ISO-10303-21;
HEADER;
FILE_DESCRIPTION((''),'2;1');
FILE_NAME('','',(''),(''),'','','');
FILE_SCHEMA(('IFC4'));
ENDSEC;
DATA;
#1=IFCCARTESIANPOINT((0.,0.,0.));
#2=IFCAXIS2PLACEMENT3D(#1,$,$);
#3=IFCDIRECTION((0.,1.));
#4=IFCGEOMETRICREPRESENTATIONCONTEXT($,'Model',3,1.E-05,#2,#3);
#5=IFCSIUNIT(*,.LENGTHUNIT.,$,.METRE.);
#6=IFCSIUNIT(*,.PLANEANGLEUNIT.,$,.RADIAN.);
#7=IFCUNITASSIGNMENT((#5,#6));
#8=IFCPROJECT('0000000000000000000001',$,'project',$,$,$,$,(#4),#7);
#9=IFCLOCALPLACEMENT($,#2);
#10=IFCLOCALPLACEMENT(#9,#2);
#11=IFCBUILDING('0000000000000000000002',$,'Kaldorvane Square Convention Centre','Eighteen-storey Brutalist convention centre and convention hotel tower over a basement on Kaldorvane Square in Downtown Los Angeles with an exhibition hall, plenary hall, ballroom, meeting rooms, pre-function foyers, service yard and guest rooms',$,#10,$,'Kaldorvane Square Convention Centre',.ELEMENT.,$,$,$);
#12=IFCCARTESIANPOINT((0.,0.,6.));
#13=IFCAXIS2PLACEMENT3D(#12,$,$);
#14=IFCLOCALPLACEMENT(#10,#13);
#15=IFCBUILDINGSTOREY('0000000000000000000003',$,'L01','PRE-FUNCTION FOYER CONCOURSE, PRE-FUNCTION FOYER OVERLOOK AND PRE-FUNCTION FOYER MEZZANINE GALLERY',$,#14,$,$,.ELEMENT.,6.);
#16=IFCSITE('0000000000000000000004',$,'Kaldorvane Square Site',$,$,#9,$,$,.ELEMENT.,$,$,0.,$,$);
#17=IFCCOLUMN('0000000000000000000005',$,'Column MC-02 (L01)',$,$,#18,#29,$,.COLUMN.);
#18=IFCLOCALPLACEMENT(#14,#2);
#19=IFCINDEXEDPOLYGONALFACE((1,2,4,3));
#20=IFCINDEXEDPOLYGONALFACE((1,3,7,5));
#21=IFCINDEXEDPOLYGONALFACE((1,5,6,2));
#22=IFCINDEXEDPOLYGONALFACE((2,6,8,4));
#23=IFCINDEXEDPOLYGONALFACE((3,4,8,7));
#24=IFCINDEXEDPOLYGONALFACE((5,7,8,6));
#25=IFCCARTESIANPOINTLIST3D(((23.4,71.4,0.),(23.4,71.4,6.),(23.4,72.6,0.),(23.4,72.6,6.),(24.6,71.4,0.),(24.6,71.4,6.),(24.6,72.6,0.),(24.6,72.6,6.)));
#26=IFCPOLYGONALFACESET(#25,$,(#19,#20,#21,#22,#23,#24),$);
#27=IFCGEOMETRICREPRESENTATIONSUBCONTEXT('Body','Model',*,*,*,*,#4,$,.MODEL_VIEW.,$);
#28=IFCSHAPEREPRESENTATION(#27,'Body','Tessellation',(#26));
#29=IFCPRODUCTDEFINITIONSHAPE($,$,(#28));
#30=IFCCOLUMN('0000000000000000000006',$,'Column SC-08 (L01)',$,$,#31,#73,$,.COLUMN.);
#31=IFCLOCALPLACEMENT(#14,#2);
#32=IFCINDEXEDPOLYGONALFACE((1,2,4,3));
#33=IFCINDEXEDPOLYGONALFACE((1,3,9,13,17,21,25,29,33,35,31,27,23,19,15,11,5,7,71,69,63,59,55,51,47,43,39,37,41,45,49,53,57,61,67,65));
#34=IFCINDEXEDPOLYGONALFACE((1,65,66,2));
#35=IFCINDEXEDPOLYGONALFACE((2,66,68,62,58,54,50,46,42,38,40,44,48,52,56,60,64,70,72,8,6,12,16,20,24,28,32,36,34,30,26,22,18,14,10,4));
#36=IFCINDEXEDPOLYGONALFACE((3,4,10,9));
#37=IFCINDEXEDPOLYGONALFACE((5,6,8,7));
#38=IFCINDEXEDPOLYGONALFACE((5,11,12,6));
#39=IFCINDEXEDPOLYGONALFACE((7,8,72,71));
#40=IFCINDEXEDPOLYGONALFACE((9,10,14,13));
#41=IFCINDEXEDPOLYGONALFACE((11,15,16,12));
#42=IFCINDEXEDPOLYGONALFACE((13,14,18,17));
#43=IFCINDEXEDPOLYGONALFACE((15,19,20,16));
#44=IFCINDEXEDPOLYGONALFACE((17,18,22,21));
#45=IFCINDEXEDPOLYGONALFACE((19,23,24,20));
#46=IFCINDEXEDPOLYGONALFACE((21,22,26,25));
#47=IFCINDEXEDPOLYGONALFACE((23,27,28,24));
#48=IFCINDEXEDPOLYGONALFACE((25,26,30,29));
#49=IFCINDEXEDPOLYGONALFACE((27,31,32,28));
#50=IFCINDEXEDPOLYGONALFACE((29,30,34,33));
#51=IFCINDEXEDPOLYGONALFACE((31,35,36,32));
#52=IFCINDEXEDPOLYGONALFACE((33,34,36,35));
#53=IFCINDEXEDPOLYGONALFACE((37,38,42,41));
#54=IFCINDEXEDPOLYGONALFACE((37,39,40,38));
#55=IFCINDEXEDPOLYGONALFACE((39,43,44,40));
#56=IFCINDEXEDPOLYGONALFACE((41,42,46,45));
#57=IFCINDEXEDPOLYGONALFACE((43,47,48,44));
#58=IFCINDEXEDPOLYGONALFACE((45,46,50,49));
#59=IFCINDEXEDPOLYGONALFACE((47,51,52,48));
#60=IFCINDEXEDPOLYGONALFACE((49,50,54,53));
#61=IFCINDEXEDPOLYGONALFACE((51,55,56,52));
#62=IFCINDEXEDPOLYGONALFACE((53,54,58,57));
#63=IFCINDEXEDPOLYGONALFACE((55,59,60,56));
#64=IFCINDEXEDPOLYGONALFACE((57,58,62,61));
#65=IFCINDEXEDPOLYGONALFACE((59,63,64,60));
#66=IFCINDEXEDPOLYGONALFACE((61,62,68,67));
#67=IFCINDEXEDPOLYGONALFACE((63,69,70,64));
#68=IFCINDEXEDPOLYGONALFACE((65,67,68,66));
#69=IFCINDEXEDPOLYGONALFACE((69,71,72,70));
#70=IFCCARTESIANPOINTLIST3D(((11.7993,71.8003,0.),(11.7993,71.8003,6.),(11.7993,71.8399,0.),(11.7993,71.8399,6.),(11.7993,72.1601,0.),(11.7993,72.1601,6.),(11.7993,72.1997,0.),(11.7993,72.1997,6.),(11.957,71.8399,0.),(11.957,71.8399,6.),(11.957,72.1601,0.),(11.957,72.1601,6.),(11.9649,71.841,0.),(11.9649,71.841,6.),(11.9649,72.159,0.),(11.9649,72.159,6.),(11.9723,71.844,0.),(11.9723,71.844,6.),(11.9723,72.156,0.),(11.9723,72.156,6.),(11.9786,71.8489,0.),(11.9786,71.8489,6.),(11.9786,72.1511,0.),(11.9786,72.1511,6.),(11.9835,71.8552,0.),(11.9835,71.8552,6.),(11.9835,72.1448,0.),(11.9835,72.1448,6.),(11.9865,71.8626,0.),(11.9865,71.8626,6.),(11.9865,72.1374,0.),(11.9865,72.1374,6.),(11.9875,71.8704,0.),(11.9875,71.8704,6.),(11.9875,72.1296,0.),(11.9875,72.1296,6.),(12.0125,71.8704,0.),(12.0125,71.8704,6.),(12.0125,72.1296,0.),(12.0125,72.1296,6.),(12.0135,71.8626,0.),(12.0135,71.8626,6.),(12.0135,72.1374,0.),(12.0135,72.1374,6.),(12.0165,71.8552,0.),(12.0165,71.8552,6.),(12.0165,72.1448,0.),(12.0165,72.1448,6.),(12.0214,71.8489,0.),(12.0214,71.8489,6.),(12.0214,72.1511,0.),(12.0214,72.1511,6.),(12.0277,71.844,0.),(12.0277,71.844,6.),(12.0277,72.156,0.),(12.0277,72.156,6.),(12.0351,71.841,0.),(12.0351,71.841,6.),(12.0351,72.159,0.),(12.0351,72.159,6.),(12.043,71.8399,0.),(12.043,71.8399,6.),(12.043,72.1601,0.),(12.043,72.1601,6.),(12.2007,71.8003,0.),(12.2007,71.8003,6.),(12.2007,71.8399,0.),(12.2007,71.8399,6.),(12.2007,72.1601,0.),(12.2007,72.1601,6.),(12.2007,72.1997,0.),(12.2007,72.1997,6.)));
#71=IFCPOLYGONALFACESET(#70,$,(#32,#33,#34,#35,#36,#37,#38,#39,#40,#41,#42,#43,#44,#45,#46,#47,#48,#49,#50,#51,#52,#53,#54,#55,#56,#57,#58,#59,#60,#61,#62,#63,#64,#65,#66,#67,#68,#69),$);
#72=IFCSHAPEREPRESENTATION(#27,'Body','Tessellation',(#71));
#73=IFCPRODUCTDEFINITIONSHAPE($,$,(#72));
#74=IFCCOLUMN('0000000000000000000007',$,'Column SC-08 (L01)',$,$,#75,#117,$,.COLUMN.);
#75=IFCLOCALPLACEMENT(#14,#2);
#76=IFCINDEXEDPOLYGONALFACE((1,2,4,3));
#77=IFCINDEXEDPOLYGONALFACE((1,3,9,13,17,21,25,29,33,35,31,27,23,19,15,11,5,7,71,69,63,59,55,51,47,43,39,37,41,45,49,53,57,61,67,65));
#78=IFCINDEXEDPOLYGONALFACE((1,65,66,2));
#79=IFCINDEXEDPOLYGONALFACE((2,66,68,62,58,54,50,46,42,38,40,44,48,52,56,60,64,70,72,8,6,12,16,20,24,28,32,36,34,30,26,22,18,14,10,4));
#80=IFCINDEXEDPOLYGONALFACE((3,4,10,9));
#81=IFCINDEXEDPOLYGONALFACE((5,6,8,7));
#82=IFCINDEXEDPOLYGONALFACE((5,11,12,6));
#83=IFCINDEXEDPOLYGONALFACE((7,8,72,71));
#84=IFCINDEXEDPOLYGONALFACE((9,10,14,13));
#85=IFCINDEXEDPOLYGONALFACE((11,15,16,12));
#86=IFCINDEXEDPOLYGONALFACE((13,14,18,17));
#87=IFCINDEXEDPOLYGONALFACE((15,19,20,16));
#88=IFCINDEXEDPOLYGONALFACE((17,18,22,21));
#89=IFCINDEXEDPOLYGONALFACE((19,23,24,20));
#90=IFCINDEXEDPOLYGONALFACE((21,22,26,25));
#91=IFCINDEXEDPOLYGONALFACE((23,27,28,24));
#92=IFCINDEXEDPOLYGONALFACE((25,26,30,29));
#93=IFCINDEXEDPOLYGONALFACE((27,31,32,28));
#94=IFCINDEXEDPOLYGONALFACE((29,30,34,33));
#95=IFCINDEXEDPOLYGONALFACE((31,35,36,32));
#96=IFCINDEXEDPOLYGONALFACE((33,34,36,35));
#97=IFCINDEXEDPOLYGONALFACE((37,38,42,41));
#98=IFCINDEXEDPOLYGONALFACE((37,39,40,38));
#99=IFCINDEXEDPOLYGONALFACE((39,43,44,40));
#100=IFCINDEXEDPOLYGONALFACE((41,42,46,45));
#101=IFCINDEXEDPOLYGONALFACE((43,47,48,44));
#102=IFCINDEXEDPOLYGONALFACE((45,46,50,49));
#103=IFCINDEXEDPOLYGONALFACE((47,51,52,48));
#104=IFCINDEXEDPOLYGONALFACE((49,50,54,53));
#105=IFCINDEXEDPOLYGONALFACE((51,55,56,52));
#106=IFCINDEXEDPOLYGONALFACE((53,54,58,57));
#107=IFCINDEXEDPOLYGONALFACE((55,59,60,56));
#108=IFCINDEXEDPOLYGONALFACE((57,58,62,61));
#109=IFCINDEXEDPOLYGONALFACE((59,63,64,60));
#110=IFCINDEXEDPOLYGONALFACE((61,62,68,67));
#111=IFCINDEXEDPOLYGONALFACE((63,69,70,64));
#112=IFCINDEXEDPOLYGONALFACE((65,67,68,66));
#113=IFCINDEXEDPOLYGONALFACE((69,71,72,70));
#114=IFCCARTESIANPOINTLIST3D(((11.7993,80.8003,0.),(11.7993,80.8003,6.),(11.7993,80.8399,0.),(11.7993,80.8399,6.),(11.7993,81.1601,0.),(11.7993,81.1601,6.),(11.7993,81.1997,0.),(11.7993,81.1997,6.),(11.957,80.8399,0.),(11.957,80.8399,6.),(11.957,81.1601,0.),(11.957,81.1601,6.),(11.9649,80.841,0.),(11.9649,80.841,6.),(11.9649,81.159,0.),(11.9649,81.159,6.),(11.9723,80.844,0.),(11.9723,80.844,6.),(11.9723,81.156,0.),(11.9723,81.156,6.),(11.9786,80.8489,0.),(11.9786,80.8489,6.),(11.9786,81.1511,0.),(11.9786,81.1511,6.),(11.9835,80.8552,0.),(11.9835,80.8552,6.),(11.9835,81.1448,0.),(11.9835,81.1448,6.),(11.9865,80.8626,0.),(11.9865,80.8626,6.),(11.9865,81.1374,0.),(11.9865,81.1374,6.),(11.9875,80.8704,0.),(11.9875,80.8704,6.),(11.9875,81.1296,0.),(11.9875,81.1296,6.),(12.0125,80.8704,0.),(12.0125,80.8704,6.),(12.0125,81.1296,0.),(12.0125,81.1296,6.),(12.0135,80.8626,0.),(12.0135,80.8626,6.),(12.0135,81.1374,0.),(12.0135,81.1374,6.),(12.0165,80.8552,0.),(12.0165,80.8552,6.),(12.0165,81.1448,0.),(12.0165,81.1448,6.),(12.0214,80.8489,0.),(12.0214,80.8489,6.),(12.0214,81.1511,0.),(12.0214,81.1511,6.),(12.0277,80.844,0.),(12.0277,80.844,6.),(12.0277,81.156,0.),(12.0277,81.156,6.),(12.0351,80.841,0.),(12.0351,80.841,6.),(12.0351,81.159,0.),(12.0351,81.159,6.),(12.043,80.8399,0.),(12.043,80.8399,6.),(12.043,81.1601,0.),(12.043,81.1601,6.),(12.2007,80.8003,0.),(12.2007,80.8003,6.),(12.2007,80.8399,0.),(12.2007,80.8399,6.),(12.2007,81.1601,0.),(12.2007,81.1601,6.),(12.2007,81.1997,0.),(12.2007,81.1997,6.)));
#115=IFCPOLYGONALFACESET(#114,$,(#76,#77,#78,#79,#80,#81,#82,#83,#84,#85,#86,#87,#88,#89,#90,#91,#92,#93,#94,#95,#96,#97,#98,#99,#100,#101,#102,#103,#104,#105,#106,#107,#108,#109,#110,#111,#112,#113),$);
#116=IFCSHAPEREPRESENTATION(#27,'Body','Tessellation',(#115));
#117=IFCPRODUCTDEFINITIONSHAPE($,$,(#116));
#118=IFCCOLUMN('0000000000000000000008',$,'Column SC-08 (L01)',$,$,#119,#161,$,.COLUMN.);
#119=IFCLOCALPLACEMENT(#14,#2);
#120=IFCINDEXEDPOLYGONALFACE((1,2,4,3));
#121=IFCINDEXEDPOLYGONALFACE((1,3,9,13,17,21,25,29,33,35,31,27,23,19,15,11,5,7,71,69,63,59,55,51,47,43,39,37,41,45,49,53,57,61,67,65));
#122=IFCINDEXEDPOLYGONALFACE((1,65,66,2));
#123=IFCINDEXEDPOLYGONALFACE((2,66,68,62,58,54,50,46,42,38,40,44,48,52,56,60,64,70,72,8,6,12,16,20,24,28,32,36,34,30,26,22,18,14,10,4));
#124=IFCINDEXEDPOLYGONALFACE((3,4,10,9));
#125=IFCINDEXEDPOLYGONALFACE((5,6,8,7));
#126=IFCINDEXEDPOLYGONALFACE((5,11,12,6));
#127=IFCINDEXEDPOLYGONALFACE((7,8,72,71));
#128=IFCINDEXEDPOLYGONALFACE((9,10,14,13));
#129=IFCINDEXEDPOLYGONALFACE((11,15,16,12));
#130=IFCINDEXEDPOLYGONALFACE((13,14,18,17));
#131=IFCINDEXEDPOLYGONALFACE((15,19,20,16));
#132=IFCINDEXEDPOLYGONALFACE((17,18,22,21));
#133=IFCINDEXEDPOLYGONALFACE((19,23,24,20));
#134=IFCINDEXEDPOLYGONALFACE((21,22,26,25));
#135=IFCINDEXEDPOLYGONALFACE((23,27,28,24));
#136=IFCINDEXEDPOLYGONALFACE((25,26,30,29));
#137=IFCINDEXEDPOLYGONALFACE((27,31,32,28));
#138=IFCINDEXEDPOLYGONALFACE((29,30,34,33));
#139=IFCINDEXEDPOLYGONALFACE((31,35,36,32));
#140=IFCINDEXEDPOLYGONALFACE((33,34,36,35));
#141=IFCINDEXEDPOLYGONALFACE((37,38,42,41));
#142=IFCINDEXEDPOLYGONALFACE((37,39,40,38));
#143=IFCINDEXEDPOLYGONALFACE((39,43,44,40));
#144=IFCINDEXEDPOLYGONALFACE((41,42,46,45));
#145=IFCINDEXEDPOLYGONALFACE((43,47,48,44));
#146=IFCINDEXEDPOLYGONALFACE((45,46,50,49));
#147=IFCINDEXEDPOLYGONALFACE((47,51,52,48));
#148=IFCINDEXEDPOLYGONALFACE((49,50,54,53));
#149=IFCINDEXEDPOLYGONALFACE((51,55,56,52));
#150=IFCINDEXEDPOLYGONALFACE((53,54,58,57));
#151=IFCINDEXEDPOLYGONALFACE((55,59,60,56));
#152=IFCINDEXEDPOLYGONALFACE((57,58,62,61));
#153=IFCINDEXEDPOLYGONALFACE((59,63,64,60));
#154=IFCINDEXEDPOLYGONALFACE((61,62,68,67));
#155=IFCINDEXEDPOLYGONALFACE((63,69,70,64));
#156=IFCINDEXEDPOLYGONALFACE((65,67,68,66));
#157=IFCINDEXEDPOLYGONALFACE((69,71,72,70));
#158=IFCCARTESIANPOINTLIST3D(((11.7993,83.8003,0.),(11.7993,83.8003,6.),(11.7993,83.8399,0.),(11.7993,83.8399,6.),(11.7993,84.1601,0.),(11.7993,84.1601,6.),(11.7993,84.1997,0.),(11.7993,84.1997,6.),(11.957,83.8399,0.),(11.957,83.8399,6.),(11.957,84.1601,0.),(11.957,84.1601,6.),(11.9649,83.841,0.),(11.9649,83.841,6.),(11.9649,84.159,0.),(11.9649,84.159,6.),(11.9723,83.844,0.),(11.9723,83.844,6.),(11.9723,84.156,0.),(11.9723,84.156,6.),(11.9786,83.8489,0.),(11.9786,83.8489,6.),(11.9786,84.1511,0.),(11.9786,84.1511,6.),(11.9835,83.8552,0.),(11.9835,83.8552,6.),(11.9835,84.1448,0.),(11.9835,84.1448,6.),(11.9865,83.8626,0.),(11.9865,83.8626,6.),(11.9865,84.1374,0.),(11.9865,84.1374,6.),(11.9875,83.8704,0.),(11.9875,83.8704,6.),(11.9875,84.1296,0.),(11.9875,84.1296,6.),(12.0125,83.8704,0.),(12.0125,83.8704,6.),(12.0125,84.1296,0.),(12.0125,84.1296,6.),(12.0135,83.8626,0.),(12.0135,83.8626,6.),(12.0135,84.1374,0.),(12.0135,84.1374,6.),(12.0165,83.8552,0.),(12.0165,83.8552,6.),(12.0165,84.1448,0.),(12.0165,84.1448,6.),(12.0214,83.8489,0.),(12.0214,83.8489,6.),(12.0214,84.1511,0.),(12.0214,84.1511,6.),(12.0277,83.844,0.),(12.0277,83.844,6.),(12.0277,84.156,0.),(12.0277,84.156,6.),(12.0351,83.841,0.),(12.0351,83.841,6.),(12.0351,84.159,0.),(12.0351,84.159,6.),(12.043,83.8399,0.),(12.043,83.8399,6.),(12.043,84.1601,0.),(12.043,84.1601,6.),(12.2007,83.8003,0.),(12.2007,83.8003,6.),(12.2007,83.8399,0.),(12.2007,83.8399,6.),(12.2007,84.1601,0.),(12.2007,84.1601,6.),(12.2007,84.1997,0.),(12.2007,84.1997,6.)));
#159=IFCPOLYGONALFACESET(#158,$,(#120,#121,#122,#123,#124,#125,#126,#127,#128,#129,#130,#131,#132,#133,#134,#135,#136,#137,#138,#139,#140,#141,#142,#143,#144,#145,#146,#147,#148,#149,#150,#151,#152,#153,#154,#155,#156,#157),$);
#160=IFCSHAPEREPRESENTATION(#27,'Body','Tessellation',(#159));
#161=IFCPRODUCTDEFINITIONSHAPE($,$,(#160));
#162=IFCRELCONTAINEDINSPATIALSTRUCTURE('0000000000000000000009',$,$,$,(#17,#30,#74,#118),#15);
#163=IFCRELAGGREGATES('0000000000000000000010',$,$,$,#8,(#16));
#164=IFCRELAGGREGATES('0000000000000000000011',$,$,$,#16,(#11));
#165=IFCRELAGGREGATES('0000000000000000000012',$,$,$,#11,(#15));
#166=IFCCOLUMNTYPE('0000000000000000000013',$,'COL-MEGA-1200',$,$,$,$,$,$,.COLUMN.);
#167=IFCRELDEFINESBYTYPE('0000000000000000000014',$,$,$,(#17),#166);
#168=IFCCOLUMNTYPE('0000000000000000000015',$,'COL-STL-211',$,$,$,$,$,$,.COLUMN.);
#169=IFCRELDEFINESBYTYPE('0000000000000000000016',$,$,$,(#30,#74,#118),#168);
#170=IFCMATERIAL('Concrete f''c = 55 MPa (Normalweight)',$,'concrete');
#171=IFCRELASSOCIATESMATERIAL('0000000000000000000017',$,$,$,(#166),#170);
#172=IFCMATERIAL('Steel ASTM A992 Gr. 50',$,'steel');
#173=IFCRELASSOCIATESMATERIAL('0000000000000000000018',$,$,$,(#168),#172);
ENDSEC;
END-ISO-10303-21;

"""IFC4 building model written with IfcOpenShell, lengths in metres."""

from ifc_helpers import new_model, si_unit, direction, frame, origin, origin_2d, place, context, subcontext, project, spatial, rectangle, i_section, extrude, material, material_profile, profile_set, type_object, element, save


model = new_model("IFC4")

# Units and contexts
model_context = context("Model", 3, precision=1e-05, world=origin(), true_north=direction((0.0, 1.0)))
body_context = subcontext(model_context, "Body", "Model", "MODEL_VIEW")
ifc_project = project(units=[si_unit("LENGTHUNIT", "METRE"), si_unit("PLANEANGLEUNIT", "RADIAN")], contexts=[model_context])

# Site, building, storey
site_placement = place(None, origin())
site = spatial("IfcSite", under=ifc_project, at=site_placement, Name="Kaldorvane Square Site", CompositionType="ELEMENT", RefElevation=0.0)
building_placement = place(site_placement, origin())
building = spatial("IfcBuilding", under=site, at=building_placement, Name="Kaldorvane Square Convention Centre", Description="Eighteen-storey Brutalist convention centre and convention hotel tower over a basement on Kaldorvane Square in Downtown Los Angeles with an exhibition hall, plenary hall, ballroom, meeting rooms, pre-function foyers, service yard and guest rooms", LongName="Kaldorvane Square Convention Centre", CompositionType="ELEMENT")
storey_placement = place(building_placement, frame((0.0, 0.0, 6.0)))
storey = spatial("IfcBuildingStorey", under=building, at=storey_placement, Name="L01", Description="PRE-FUNCTION FOYER CONCOURSE, PRE-FUNCTION FOYER OVERLOOK AND PRE-FUNCTION FOYER MEZZANINE GALLERY", CompositionType="ELEMENT", Elevation=6.0)

# Columns
ifc_material_1 = material(Name="Concrete f'c = 55 MPa (Normalweight)", Category="concrete")
ifc_material_profile_1 = material_profile(ifc_material_1, rectangle(XDim=1.2, YDim=1.2, at=origin_2d()), Name="RC1200X1200")
ifc_profile_set_1 = profile_set([ifc_material_profile_1], Name="Concrete f'c = 55 MPa (Normalweight)")
column_type_1 = type_object("IfcColumnType", Name="COL-MEGA-1200", PredefinedType="COLUMN", material=ifc_profile_set_1)
column_1_placement = place(storey_placement, frame((24.0, 72.0, 0.0), z_axis=(0.0, 0.0, 1.0), x_axis=(1.0, 0.0, 0.0)))
element("IfcColumn", 1, at=column_1_placement, inside=storey, type_object=column_type_1, Name="Column MC-02 (L01)", PredefinedType="COLUMN", context=body_context, shape_type="SweptSolid", body=[
    extrude(rectangle(XDim=1.2, YDim=1.2, at=origin_2d()), origin(), (0.0, 0.0, 1.0), 6.0),
])
ifc_material_2 = material(Name="Steel ASTM A992 Gr. 50", Category="steel")
ifc_material_profile_2 = material_profile(ifc_material_2, i_section(OverallWidth=0.4013, OverallDepth=0.3993, WebThickness=0.0249, FlangeThickness=0.0396, FilletRadius=0.0305, at=origin_2d()), Name="W14X211")
ifc_profile_set_2 = profile_set([ifc_material_profile_2], Name="Steel ASTM A992 Gr. 50")
column_type_2 = type_object("IfcColumnType", Name="COL-STL-211", PredefinedType="COLUMN", material=ifc_profile_set_2)
for number, where, z_axis, x_axis, name in (
    (2, (12.0, 72.0, 0.0), (0.0, 0.0, 1.0), (1.0, 0.0, 0.0), "Column SC-08 (L01)"),
    (3, (12.0, 81.0, 0.0), (0.0, 0.0, 1.0), (1.0, 0.0, 0.0), "Column SC-08 (L01)"),
    (4, (12.0, 84.0, 0.0), (0.0, 0.0, 1.0), (1.0, 0.0, 0.0), "Column SC-08 (L01)"),
):
    element("IfcColumn", number, at=place(storey_placement, frame(where, z_axis=z_axis, x_axis=x_axis)), inside=storey, type_object=column_type_2, Name=name, PredefinedType="COLUMN", context=body_context, shape_type="SweptSolid", body=[
        extrude(i_section(OverallWidth=0.4013, OverallDepth=0.3993, WebThickness=0.0249, FlangeThickness=0.0396, FilletRadius=0.0305, at=origin_2d()), origin(), (0.0, 0.0, 1.0), 6.0),
    ])

save(model, "model.ifc")
